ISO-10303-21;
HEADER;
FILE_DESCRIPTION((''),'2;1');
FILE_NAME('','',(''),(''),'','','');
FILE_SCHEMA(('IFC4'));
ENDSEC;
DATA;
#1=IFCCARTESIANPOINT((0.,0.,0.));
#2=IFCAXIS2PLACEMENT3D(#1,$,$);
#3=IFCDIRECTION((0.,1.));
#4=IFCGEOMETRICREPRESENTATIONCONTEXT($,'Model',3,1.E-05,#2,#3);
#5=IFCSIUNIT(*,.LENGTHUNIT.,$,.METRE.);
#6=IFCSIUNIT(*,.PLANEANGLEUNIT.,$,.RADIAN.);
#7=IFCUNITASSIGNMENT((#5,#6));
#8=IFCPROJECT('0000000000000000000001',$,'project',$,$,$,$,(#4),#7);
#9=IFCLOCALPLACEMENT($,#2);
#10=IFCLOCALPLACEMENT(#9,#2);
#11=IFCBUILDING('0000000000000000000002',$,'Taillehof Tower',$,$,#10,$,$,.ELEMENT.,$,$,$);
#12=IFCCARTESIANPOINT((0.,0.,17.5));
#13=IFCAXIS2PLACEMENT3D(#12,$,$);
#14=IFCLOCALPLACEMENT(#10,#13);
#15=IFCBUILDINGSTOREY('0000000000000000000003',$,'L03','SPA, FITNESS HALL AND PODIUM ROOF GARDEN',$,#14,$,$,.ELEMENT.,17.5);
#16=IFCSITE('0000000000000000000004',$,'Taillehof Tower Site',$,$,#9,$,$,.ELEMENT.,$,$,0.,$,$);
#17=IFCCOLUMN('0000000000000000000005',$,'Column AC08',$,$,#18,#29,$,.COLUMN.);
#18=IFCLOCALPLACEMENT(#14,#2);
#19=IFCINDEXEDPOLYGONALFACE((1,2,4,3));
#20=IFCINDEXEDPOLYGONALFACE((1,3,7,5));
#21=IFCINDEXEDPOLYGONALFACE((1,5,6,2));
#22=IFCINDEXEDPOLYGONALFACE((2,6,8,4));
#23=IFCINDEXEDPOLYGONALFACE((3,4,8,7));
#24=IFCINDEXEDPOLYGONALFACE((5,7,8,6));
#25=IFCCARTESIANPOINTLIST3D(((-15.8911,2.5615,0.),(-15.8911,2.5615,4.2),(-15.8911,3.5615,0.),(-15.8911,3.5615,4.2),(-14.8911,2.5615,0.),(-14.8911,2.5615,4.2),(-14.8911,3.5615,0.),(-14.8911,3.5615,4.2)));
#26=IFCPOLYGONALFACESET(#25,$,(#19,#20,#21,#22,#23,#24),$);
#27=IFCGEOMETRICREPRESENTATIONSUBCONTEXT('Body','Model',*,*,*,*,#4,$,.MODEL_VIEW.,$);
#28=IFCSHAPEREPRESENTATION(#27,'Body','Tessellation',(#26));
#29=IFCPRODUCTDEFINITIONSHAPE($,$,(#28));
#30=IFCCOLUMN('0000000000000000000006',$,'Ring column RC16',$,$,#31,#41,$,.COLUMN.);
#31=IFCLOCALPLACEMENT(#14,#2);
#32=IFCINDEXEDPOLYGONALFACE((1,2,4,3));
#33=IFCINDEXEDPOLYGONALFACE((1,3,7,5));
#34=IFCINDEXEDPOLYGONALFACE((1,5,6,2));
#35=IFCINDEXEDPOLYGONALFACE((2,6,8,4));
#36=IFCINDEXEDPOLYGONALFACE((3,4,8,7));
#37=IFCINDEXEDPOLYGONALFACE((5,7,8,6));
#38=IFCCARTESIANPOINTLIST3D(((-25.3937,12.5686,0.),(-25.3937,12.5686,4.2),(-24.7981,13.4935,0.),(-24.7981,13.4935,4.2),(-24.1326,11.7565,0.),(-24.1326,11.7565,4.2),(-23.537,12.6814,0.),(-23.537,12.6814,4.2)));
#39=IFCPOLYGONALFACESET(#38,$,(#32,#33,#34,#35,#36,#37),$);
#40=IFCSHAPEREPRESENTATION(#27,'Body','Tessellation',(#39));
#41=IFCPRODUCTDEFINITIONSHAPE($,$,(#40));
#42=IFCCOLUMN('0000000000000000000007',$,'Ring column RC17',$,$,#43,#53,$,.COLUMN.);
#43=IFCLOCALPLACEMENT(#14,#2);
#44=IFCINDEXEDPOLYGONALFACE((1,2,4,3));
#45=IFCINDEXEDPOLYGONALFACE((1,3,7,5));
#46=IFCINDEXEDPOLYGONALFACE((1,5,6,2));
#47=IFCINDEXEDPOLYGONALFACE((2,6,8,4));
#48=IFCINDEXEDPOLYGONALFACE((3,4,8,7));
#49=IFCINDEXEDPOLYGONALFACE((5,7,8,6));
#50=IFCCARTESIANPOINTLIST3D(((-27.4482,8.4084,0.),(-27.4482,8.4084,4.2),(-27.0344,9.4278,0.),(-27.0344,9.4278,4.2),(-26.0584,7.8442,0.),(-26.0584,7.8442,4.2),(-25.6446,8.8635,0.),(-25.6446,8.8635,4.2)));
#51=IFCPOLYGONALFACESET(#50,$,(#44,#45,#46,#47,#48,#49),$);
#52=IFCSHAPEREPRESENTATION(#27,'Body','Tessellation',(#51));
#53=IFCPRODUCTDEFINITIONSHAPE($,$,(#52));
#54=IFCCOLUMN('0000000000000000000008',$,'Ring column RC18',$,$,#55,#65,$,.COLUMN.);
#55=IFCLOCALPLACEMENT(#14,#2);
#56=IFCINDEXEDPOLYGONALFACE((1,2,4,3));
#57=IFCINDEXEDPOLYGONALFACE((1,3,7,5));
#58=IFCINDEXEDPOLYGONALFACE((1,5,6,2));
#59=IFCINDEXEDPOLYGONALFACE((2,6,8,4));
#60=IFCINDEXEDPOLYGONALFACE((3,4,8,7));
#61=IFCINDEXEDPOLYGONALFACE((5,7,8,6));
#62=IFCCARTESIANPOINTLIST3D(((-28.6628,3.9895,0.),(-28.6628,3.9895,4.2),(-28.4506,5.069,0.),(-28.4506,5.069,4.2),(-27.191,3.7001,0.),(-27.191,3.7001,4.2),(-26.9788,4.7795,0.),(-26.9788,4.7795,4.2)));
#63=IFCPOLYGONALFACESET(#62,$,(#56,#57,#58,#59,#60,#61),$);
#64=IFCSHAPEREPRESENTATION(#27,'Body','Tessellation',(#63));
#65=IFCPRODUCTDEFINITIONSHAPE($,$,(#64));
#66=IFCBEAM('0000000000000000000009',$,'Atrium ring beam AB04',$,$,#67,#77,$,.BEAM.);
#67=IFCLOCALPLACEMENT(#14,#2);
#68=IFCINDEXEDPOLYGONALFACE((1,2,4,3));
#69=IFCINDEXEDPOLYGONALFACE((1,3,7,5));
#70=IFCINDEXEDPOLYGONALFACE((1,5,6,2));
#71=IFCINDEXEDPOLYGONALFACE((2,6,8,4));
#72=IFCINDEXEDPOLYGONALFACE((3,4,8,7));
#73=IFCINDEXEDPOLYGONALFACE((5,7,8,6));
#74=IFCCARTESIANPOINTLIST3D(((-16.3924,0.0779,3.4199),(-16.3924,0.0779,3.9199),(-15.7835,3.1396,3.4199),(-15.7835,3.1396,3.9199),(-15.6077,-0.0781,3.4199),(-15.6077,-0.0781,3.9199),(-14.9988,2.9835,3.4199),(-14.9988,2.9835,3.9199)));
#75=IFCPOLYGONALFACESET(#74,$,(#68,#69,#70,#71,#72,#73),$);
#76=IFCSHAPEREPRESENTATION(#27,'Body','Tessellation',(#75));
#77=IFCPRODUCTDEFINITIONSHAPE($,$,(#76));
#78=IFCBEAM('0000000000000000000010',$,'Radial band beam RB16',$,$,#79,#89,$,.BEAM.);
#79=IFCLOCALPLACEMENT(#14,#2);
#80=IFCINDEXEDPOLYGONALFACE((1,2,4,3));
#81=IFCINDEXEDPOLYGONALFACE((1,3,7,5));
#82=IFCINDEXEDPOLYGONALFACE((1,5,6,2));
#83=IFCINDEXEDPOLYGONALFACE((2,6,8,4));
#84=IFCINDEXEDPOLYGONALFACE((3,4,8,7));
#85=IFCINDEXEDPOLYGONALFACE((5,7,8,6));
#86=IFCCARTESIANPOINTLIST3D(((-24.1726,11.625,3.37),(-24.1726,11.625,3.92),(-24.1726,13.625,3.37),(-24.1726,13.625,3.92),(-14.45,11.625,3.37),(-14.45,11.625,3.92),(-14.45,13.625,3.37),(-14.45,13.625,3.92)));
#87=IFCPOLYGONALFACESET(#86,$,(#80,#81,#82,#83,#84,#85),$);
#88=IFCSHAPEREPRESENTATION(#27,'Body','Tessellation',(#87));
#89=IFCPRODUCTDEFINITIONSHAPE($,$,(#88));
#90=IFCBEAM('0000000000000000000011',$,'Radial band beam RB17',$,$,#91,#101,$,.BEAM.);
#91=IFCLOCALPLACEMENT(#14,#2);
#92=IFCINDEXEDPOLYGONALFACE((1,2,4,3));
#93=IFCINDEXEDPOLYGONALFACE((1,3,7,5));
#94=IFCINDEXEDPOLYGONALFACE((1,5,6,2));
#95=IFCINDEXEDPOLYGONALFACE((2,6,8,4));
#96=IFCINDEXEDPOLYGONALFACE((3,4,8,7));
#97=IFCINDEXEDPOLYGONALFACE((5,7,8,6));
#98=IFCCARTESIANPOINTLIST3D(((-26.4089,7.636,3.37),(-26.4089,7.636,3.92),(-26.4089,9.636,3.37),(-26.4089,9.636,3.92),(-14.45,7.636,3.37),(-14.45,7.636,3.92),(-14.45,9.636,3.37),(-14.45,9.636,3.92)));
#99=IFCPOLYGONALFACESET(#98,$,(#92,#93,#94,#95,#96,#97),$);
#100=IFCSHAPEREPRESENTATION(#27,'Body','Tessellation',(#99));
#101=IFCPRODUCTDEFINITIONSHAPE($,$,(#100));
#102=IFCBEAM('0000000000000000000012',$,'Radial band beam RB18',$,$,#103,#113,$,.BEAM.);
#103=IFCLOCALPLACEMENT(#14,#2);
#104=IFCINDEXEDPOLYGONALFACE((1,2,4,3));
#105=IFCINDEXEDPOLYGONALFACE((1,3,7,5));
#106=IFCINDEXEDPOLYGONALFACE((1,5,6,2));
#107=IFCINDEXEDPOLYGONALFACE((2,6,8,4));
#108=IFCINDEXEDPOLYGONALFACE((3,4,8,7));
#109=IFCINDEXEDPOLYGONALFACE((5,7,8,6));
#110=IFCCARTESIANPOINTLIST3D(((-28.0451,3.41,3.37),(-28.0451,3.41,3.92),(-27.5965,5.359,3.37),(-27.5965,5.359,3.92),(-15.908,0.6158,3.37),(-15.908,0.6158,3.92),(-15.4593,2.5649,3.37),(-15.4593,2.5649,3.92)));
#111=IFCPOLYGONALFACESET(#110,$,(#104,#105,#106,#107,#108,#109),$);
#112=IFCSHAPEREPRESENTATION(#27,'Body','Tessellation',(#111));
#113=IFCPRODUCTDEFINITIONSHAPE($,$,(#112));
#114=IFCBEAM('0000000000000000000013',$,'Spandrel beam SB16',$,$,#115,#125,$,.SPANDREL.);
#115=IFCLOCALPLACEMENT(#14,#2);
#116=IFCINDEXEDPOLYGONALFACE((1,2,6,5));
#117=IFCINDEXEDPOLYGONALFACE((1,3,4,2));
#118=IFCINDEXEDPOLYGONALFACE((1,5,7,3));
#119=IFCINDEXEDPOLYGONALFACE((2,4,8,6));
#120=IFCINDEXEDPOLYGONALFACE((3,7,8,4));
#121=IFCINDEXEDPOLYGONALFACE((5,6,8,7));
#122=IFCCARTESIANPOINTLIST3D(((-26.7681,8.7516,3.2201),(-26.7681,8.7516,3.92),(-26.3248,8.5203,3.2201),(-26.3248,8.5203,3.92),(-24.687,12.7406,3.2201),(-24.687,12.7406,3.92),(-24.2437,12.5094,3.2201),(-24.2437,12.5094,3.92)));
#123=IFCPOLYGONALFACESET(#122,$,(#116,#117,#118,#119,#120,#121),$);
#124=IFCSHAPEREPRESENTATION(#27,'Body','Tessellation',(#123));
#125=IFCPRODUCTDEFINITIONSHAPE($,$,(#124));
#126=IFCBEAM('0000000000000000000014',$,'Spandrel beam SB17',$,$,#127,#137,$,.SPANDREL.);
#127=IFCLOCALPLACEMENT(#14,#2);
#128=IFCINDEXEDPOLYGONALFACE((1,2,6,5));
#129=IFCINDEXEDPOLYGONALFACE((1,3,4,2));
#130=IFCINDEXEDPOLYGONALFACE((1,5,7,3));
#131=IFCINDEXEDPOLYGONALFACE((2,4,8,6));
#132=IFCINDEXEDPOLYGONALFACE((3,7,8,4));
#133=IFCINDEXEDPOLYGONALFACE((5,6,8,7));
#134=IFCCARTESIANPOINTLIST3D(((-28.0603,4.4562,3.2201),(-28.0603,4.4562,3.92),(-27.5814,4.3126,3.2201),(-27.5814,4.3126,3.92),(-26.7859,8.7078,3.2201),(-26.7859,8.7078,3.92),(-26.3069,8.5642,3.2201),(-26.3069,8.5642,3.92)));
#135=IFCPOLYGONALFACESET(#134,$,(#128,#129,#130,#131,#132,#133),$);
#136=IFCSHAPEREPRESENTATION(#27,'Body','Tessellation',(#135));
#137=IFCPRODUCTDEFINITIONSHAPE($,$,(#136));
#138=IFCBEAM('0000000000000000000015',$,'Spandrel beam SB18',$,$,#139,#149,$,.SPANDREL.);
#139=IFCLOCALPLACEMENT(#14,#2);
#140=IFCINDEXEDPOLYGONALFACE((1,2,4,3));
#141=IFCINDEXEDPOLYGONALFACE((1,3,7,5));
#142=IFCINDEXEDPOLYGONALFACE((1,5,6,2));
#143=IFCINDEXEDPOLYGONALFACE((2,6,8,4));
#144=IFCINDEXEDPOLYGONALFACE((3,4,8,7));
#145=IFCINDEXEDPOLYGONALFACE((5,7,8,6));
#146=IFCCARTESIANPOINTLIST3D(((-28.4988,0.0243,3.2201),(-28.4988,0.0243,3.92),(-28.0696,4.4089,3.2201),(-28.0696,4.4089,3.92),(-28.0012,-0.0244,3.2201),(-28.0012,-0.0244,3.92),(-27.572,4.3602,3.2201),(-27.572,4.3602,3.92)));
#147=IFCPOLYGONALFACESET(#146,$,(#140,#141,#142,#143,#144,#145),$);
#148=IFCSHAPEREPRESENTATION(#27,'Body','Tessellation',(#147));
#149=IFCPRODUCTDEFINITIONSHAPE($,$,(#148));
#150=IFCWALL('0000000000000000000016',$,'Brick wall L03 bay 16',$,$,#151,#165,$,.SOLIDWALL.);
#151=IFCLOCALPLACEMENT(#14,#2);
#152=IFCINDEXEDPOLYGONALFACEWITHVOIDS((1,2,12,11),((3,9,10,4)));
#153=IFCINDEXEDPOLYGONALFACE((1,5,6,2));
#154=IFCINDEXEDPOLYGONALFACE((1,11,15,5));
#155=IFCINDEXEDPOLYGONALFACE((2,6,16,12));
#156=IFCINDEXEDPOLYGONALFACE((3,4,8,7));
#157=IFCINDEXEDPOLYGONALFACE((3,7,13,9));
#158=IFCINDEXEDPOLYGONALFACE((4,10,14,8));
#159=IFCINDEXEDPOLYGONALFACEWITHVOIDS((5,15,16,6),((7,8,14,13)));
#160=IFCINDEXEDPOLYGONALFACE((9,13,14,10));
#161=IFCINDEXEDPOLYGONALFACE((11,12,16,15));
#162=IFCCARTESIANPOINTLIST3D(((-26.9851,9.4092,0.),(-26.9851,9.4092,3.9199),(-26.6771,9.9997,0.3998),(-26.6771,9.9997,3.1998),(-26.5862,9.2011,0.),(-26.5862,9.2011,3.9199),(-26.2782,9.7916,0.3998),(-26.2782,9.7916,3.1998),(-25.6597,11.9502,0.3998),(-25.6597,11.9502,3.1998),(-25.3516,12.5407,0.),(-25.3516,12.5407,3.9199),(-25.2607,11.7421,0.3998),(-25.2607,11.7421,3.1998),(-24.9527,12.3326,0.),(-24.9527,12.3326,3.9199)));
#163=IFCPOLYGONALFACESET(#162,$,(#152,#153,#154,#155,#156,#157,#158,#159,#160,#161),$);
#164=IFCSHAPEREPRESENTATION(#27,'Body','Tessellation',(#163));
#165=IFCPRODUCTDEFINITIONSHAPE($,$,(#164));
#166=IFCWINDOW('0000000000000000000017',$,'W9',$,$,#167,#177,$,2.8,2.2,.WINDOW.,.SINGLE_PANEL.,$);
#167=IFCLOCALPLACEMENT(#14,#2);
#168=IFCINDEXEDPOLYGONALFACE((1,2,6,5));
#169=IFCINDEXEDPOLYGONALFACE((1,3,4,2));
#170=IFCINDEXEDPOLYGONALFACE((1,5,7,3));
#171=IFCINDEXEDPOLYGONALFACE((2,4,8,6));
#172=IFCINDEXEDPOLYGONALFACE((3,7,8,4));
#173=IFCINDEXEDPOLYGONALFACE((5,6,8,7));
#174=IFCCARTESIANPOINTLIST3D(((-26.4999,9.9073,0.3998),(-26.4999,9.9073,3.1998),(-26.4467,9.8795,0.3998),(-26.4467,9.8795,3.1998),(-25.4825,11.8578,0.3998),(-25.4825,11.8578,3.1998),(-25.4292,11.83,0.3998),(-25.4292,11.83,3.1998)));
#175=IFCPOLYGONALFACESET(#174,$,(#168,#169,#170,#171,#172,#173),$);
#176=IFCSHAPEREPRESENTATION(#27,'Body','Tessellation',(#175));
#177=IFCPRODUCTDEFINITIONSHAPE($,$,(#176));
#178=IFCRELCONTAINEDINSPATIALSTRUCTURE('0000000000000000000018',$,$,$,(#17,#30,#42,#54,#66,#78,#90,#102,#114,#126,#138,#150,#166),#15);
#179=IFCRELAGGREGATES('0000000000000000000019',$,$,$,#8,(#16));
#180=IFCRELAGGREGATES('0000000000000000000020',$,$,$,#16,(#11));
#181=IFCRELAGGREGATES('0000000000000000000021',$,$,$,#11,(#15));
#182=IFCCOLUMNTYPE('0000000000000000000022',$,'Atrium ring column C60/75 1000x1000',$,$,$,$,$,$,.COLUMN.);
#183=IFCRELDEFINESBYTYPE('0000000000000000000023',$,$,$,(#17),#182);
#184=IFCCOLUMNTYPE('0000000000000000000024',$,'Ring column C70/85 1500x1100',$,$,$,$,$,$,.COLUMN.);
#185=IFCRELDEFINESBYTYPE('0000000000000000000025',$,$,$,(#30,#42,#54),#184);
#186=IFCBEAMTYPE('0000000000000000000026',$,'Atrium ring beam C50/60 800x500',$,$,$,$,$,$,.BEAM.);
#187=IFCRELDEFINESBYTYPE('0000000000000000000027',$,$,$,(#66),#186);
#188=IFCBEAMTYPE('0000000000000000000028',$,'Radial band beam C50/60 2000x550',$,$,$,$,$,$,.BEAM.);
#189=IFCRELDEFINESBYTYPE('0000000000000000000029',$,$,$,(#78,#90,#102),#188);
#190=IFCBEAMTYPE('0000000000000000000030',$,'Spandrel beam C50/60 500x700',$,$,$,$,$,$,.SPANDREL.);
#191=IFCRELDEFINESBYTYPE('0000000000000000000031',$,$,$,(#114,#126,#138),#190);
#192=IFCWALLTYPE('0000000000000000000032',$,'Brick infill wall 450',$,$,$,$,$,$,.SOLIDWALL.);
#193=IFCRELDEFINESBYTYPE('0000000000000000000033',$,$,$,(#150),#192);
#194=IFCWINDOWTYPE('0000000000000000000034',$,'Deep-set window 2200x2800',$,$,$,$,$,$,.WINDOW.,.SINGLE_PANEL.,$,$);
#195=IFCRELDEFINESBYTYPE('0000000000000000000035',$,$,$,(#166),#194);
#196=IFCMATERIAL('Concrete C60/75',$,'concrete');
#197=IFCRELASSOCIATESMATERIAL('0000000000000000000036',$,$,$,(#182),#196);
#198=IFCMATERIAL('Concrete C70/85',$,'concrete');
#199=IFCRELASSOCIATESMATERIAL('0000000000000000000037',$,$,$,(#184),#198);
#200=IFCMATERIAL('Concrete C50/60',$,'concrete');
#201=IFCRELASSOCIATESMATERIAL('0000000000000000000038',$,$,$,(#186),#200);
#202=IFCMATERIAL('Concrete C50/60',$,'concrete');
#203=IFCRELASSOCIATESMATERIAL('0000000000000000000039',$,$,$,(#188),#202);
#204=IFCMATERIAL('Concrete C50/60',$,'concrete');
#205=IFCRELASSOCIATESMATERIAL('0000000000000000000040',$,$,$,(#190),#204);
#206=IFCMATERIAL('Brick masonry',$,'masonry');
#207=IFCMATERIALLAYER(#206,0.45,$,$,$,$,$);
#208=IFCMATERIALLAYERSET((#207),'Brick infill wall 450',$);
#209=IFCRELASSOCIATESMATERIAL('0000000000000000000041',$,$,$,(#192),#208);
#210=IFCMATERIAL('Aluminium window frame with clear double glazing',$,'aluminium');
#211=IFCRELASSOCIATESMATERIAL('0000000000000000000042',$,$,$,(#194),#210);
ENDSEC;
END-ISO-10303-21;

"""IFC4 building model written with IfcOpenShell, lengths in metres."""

from ifc_helpers import new_model, si_unit, direction, frame, frame_2d, origin, origin_2d, place, context, subcontext, project, spatial, rectangle, extrude, material, layer, layer_set, material_profile, profile_set, type_object, element, fill, save


model = new_model("IFC4")

# Units and contexts
model_context = context("Model", 3, precision=1e-05, world=origin(), true_north=direction((0.0, 1.0)))
body_context = subcontext(model_context, "Body", "Model", "MODEL_VIEW")
ifc_project = project(units=[si_unit("LENGTHUNIT", "METRE"), si_unit("PLANEANGLEUNIT", "RADIAN")], contexts=[model_context])

# Site, building, storey
site_placement = place(None, origin())
site = spatial("IfcSite", under=ifc_project, at=site_placement, Name="Taillehof Tower Site", CompositionType="ELEMENT", RefElevation=0.0)
building_placement = place(site_placement, origin())
building = spatial("IfcBuilding", under=site, at=building_placement, Name="Taillehof Tower", CompositionType="ELEMENT")
storey_placement = place(building_placement, frame((0.0, 0.0, 17.5)))
storey = spatial("IfcBuildingStorey", under=building, at=storey_placement, Name="L03", Description="SPA, FITNESS HALL AND PODIUM ROOF GARDEN", CompositionType="ELEMENT", Elevation=17.5)

# Columns
ifc_material_1 = material(Name="Concrete C60/75", Category="concrete")
ifc_material_profile_1 = material_profile(ifc_material_1, rectangle(XDim=1.0, YDim=1.0, at=origin_2d()), Name="RC 1000x1000")
ifc_profile_set_1 = profile_set([ifc_material_profile_1], Name="Concrete C60/75")
column_type_1 = type_object("IfcColumnType", Name="Atrium ring column C60/75 1000x1000", PredefinedType="COLUMN", material=ifc_profile_set_1)
column_placement = place(storey_placement, frame((-15.3911, 3.0615, 0.0), z_axis=(0.0, 0.0, 1.0), x_axis=(1.0, 0.0, 0.0)))
element("IfcColumn", 1, at=column_placement, inside=storey, type_object=column_type_1, Name="Column AC08", PredefinedType="COLUMN", context=body_context, shape_type="SweptSolid", body=[
    extrude(rectangle(XDim=1.0, YDim=1.0, at=origin_2d()), origin(), (0.0, 0.0, 1.0), 4.2),
])
ifc_material_2 = material(Name="Concrete C70/85", Category="concrete")
ifc_material_profile_2 = material_profile(ifc_material_2, rectangle(XDim=1.5, YDim=1.1001, at=origin_2d()), Name="RC 1500x1100")
ifc_profile_set_2 = profile_set([ifc_material_profile_2], Name="Concrete C70/85")
column_type_2 = type_object("IfcColumnType", Name="Ring column C70/85 1500x1100", PredefinedType="COLUMN", material=ifc_profile_set_2)
for number, where, z_axis, x_axis, name in (
    (2, (-24.4653, 12.625, 0.0), (0.0, 0.0, 1.0), (-0.840754, 0.541418, 0.0), "Ring column RC16"),
    (3, (-26.5464, 8.636, 0.0), (0.0, 0.0, 1.0), (-0.926558, 0.376152, 0.0), "Ring column RC17"),
    (4, (-27.8208, 4.3845, 0.0), (0.0, 0.0, 1.0), (-0.981204, 0.192976, 0.0), "Ring column RC18"),
):
    element("IfcColumn", number, at=place(storey_placement, frame(where, z_axis=z_axis, x_axis=x_axis)), inside=storey, type_object=column_type_2, Name=name, PredefinedType="COLUMN", context=body_context, shape_type="SweptSolid", body=[
        extrude(rectangle(XDim=1.5, YDim=1.1001, at=origin_2d()), origin(), (0.0, 0.0, 1.0), 4.2),
    ])

# Beams
ifc_material_3 = material(Name="Concrete C50/60", Category="concrete")
ifc_material_profile_3 = material_profile(ifc_material_3, rectangle(XDim=0.8, YDim=0.5, at=origin_2d()), Name="RC 800x500")
ifc_profile_set_3 = profile_set([ifc_material_profile_3], Name="Concrete C50/60")
beam_type_1 = type_object("IfcBeamType", Name="Atrium ring beam C50/60 800x500", PredefinedType="BEAM", material=ifc_profile_set_3)
beam_1_placement = place(storey_placement, frame((-15.3911, 3.0615, 3.6699), z_axis=(-0.195063, -0.980791, 0.0), x_axis=(0.980791, -0.195063, 0.0)))
element("IfcBeam", 5, at=beam_1_placement, inside=storey, type_object=beam_type_1, Name="Atrium ring beam AB04", PredefinedType="BEAM", context=body_context, shape_type="SweptSolid", body=[
    extrude(rectangle(XDim=0.8, YDim=0.5, at=origin_2d()), origin(), (0.0, 0.0, 1.0), 3.1216),
])
ifc_material_4 = material(Name="Concrete C50/60", Category="concrete")
ifc_material_profile_4 = material_profile(ifc_material_4, rectangle(XDim=2.0, YDim=0.55, at=origin_2d()), Name="RC 2000x550")
ifc_profile_set_4 = profile_set([ifc_material_profile_4], Name="Concrete C50/60")
beam_type_2 = type_object("IfcBeamType", Name="Radial band beam C50/60 2000x550", PredefinedType="BEAM", material=ifc_profile_set_4)
beam_2_placement = place(storey_placement, frame((-24.1726, 12.625, 3.645), z_axis=(1.0, 0.0, 0.0), x_axis=(0.0, 1.0, 0.0)))
element("IfcBeam", 6, at=beam_2_placement, inside=storey, type_object=beam_type_2, Name="Radial band beam RB16", PredefinedType="BEAM", context=body_context, shape_type="SweptSolid", body=[
    extrude(rectangle(XDim=2.0, YDim=0.55, at=origin_2d()), origin(), (0.0, 0.0, 1.0), 9.7227),
])
beam_3_placement = place(storey_placement, frame((-26.4089, 8.636, 3.645), z_axis=(1.0, 0.0, 0.0), x_axis=(0.0, 1.0, 0.0)))
element("IfcBeam", 7, at=beam_3_placement, inside=storey, type_object=beam_type_2, Name="Radial band beam RB17", PredefinedType="BEAM", context=body_context, shape_type="SweptSolid", body=[
    extrude(rectangle(XDim=2.0, YDim=0.55, at=origin_2d()), origin(), (0.0, 0.0, 1.0), 11.959),
])
beam_4_placement = place(storey_placement, frame((-27.8208, 4.3845, 3.645), z_axis=(0.974509, -0.224348, 0.0), x_axis=(0.224348, 0.974509, 0.0)))
element("IfcBeam", 8, at=beam_4_placement, inside=storey, type_object=beam_type_2, Name="Radial band beam RB18", PredefinedType="BEAM", context=body_context, shape_type="SweptSolid", body=[
    extrude(rectangle(XDim=2.0, YDim=0.55, at=origin_2d()), origin(), (0.0, 0.0, 1.0), 12.4546),
])
ifc_material_5 = material(Name="Concrete C50/60", Category="concrete")
ifc_material_profile_5 = material_profile(ifc_material_5, rectangle(XDim=0.5, YDim=0.7, at=origin_2d()), Name="RC 500x700")
ifc_profile_set_5 = profile_set([ifc_material_profile_5], Name="Concrete C50/60")
beam_type_3 = type_object("IfcBeamType", Name="Spandrel beam C50/60 500x700", PredefinedType="SPANDREL", material=ifc_profile_set_5)
beam_5_placement = place(storey_placement, frame((-24.4653, 12.625, 3.5701), z_axis=(-0.462536, -0.8866, 0.0), x_axis=(0.8866, -0.462536, 0.0)))
element("IfcBeam", 9, at=beam_5_placement, inside=storey, type_object=beam_type_3, Name="Spandrel beam SB16", PredefinedType="SPANDREL", context=body_context, shape_type="SweptSolid", body=[
    extrude(rectangle(XDim=0.5, YDim=0.7, at=origin_2d()), origin(), (0.0, 0.0, 1.0), 4.4993),
])
beam_6_placement = place(storey_placement, frame((-26.5464, 8.636, 3.5701), z_axis=(-0.287136, -0.95789, 0.0), x_axis=(0.95789, -0.287136, 0.0)))
element("IfcBeam", 10, at=beam_6_placement, inside=storey, type_object=beam_type_3, Name="Spandrel beam SB17", PredefinedType="SPANDREL", context=body_context, shape_type="SweptSolid", body=[
    extrude(rectangle(XDim=0.5, YDim=0.7, at=origin_2d()), origin(), (0.0, 0.0, 1.0), 4.4385),
])
beam_7_placement = place(storey_placement, frame((-27.8208, 4.3845, 3.5701), z_axis=(-0.097424, -0.995243, 0.0), x_axis=(0.995243, -0.097424, 0.0)))
element("IfcBeam", 11, at=beam_7_placement, inside=storey, type_object=beam_type_3, Name="Spandrel beam SB18", PredefinedType="SPANDREL", context=body_context, shape_type="SweptSolid", body=[
    extrude(rectangle(XDim=0.5, YDim=0.7, at=origin_2d()), origin(), (0.0, 0.0, 1.0), 4.4055),
])

# Wall, opening, window
ifc_material_6 = material(Name="Brick masonry", Category="masonry")
ifc_layer_1 = layer(ifc_material_6, 0.45)
ifc_layer_set_1 = layer_set([ifc_layer_1], Name="Brick infill wall 450")
wall_type_1 = type_object("IfcWallType", Name="Brick infill wall 450", PredefinedType="SOLIDWALL", material=ifc_layer_set_1)
wall_1_placement = place(storey_placement, frame((-25.1521, 12.4368, 0.0), z_axis=(0.0, 0.0, 1.0), x_axis=(-0.462493, -0.886623, 0.0)))
wall_1 = element("IfcWall", 12, at=wall_1_placement, inside=storey, type_object=wall_type_1, Name="Brick wall L03 bay 16", PredefinedType="SOLIDWALL", context=body_context, shape_type="SweptSolid", body=[
    extrude(rectangle(XDim=3.532, YDim=0.45, at=frame_2d((1.7661, 0.0))), origin(), (0.0, 0.0, 1.0), 3.9199),
])
opening_1_placement = place(wall_1_placement, frame((0.666, 0.0, 0.3999)))
opening_1 = element("IfcOpeningElement", 13, at=opening_1_placement, cuts=wall_1, PredefinedType="OPENING", context=body_context, shape_type="SweptSolid", body=[
    extrude(rectangle(XDim=2.2, YDim=2.8, at=frame_2d((1.1001, 1.3999))), frame((0.0, 0.2349, 0.0), z_axis=(0.0, -1.0, 0.0), x_axis=(1.0, 0.0, 0.0)), (0.0, 0.0, 1.0), 0.47),
])
ifc_material_7 = material(Name="Aluminium window frame with clear double glazing", Category="aluminium")
window_type = type_object("IfcWindowType", Name="Deep-set window 2200x2800", PartitioningType="SINGLE_PANEL", PredefinedType="WINDOW", material=ifc_material_7)
window_1_placement = place(opening_1_placement, origin())
window_1 = element("IfcWindow", 14, at=window_1_placement, inside=storey, type_object=window_type, Name="W9", OverallHeight=2.8, OverallWidth=2.2, PartitioningType="SINGLE_PANEL", PredefinedType="WINDOW", context=body_context, shape_type="SweptSolid", body=[
    extrude(rectangle(XDim=2.2, YDim=2.8, at=frame_2d((1.1001, 1.3999))), frame((0.0, 0.0349, 0.0), z_axis=(0.0, -1.0, 0.0), x_axis=(1.0, 0.0, 0.0)), (0.0, 0.0, 1.0), 0.0601),
])
fill(opening_1, window_1)

save(model, "model.ifc")
